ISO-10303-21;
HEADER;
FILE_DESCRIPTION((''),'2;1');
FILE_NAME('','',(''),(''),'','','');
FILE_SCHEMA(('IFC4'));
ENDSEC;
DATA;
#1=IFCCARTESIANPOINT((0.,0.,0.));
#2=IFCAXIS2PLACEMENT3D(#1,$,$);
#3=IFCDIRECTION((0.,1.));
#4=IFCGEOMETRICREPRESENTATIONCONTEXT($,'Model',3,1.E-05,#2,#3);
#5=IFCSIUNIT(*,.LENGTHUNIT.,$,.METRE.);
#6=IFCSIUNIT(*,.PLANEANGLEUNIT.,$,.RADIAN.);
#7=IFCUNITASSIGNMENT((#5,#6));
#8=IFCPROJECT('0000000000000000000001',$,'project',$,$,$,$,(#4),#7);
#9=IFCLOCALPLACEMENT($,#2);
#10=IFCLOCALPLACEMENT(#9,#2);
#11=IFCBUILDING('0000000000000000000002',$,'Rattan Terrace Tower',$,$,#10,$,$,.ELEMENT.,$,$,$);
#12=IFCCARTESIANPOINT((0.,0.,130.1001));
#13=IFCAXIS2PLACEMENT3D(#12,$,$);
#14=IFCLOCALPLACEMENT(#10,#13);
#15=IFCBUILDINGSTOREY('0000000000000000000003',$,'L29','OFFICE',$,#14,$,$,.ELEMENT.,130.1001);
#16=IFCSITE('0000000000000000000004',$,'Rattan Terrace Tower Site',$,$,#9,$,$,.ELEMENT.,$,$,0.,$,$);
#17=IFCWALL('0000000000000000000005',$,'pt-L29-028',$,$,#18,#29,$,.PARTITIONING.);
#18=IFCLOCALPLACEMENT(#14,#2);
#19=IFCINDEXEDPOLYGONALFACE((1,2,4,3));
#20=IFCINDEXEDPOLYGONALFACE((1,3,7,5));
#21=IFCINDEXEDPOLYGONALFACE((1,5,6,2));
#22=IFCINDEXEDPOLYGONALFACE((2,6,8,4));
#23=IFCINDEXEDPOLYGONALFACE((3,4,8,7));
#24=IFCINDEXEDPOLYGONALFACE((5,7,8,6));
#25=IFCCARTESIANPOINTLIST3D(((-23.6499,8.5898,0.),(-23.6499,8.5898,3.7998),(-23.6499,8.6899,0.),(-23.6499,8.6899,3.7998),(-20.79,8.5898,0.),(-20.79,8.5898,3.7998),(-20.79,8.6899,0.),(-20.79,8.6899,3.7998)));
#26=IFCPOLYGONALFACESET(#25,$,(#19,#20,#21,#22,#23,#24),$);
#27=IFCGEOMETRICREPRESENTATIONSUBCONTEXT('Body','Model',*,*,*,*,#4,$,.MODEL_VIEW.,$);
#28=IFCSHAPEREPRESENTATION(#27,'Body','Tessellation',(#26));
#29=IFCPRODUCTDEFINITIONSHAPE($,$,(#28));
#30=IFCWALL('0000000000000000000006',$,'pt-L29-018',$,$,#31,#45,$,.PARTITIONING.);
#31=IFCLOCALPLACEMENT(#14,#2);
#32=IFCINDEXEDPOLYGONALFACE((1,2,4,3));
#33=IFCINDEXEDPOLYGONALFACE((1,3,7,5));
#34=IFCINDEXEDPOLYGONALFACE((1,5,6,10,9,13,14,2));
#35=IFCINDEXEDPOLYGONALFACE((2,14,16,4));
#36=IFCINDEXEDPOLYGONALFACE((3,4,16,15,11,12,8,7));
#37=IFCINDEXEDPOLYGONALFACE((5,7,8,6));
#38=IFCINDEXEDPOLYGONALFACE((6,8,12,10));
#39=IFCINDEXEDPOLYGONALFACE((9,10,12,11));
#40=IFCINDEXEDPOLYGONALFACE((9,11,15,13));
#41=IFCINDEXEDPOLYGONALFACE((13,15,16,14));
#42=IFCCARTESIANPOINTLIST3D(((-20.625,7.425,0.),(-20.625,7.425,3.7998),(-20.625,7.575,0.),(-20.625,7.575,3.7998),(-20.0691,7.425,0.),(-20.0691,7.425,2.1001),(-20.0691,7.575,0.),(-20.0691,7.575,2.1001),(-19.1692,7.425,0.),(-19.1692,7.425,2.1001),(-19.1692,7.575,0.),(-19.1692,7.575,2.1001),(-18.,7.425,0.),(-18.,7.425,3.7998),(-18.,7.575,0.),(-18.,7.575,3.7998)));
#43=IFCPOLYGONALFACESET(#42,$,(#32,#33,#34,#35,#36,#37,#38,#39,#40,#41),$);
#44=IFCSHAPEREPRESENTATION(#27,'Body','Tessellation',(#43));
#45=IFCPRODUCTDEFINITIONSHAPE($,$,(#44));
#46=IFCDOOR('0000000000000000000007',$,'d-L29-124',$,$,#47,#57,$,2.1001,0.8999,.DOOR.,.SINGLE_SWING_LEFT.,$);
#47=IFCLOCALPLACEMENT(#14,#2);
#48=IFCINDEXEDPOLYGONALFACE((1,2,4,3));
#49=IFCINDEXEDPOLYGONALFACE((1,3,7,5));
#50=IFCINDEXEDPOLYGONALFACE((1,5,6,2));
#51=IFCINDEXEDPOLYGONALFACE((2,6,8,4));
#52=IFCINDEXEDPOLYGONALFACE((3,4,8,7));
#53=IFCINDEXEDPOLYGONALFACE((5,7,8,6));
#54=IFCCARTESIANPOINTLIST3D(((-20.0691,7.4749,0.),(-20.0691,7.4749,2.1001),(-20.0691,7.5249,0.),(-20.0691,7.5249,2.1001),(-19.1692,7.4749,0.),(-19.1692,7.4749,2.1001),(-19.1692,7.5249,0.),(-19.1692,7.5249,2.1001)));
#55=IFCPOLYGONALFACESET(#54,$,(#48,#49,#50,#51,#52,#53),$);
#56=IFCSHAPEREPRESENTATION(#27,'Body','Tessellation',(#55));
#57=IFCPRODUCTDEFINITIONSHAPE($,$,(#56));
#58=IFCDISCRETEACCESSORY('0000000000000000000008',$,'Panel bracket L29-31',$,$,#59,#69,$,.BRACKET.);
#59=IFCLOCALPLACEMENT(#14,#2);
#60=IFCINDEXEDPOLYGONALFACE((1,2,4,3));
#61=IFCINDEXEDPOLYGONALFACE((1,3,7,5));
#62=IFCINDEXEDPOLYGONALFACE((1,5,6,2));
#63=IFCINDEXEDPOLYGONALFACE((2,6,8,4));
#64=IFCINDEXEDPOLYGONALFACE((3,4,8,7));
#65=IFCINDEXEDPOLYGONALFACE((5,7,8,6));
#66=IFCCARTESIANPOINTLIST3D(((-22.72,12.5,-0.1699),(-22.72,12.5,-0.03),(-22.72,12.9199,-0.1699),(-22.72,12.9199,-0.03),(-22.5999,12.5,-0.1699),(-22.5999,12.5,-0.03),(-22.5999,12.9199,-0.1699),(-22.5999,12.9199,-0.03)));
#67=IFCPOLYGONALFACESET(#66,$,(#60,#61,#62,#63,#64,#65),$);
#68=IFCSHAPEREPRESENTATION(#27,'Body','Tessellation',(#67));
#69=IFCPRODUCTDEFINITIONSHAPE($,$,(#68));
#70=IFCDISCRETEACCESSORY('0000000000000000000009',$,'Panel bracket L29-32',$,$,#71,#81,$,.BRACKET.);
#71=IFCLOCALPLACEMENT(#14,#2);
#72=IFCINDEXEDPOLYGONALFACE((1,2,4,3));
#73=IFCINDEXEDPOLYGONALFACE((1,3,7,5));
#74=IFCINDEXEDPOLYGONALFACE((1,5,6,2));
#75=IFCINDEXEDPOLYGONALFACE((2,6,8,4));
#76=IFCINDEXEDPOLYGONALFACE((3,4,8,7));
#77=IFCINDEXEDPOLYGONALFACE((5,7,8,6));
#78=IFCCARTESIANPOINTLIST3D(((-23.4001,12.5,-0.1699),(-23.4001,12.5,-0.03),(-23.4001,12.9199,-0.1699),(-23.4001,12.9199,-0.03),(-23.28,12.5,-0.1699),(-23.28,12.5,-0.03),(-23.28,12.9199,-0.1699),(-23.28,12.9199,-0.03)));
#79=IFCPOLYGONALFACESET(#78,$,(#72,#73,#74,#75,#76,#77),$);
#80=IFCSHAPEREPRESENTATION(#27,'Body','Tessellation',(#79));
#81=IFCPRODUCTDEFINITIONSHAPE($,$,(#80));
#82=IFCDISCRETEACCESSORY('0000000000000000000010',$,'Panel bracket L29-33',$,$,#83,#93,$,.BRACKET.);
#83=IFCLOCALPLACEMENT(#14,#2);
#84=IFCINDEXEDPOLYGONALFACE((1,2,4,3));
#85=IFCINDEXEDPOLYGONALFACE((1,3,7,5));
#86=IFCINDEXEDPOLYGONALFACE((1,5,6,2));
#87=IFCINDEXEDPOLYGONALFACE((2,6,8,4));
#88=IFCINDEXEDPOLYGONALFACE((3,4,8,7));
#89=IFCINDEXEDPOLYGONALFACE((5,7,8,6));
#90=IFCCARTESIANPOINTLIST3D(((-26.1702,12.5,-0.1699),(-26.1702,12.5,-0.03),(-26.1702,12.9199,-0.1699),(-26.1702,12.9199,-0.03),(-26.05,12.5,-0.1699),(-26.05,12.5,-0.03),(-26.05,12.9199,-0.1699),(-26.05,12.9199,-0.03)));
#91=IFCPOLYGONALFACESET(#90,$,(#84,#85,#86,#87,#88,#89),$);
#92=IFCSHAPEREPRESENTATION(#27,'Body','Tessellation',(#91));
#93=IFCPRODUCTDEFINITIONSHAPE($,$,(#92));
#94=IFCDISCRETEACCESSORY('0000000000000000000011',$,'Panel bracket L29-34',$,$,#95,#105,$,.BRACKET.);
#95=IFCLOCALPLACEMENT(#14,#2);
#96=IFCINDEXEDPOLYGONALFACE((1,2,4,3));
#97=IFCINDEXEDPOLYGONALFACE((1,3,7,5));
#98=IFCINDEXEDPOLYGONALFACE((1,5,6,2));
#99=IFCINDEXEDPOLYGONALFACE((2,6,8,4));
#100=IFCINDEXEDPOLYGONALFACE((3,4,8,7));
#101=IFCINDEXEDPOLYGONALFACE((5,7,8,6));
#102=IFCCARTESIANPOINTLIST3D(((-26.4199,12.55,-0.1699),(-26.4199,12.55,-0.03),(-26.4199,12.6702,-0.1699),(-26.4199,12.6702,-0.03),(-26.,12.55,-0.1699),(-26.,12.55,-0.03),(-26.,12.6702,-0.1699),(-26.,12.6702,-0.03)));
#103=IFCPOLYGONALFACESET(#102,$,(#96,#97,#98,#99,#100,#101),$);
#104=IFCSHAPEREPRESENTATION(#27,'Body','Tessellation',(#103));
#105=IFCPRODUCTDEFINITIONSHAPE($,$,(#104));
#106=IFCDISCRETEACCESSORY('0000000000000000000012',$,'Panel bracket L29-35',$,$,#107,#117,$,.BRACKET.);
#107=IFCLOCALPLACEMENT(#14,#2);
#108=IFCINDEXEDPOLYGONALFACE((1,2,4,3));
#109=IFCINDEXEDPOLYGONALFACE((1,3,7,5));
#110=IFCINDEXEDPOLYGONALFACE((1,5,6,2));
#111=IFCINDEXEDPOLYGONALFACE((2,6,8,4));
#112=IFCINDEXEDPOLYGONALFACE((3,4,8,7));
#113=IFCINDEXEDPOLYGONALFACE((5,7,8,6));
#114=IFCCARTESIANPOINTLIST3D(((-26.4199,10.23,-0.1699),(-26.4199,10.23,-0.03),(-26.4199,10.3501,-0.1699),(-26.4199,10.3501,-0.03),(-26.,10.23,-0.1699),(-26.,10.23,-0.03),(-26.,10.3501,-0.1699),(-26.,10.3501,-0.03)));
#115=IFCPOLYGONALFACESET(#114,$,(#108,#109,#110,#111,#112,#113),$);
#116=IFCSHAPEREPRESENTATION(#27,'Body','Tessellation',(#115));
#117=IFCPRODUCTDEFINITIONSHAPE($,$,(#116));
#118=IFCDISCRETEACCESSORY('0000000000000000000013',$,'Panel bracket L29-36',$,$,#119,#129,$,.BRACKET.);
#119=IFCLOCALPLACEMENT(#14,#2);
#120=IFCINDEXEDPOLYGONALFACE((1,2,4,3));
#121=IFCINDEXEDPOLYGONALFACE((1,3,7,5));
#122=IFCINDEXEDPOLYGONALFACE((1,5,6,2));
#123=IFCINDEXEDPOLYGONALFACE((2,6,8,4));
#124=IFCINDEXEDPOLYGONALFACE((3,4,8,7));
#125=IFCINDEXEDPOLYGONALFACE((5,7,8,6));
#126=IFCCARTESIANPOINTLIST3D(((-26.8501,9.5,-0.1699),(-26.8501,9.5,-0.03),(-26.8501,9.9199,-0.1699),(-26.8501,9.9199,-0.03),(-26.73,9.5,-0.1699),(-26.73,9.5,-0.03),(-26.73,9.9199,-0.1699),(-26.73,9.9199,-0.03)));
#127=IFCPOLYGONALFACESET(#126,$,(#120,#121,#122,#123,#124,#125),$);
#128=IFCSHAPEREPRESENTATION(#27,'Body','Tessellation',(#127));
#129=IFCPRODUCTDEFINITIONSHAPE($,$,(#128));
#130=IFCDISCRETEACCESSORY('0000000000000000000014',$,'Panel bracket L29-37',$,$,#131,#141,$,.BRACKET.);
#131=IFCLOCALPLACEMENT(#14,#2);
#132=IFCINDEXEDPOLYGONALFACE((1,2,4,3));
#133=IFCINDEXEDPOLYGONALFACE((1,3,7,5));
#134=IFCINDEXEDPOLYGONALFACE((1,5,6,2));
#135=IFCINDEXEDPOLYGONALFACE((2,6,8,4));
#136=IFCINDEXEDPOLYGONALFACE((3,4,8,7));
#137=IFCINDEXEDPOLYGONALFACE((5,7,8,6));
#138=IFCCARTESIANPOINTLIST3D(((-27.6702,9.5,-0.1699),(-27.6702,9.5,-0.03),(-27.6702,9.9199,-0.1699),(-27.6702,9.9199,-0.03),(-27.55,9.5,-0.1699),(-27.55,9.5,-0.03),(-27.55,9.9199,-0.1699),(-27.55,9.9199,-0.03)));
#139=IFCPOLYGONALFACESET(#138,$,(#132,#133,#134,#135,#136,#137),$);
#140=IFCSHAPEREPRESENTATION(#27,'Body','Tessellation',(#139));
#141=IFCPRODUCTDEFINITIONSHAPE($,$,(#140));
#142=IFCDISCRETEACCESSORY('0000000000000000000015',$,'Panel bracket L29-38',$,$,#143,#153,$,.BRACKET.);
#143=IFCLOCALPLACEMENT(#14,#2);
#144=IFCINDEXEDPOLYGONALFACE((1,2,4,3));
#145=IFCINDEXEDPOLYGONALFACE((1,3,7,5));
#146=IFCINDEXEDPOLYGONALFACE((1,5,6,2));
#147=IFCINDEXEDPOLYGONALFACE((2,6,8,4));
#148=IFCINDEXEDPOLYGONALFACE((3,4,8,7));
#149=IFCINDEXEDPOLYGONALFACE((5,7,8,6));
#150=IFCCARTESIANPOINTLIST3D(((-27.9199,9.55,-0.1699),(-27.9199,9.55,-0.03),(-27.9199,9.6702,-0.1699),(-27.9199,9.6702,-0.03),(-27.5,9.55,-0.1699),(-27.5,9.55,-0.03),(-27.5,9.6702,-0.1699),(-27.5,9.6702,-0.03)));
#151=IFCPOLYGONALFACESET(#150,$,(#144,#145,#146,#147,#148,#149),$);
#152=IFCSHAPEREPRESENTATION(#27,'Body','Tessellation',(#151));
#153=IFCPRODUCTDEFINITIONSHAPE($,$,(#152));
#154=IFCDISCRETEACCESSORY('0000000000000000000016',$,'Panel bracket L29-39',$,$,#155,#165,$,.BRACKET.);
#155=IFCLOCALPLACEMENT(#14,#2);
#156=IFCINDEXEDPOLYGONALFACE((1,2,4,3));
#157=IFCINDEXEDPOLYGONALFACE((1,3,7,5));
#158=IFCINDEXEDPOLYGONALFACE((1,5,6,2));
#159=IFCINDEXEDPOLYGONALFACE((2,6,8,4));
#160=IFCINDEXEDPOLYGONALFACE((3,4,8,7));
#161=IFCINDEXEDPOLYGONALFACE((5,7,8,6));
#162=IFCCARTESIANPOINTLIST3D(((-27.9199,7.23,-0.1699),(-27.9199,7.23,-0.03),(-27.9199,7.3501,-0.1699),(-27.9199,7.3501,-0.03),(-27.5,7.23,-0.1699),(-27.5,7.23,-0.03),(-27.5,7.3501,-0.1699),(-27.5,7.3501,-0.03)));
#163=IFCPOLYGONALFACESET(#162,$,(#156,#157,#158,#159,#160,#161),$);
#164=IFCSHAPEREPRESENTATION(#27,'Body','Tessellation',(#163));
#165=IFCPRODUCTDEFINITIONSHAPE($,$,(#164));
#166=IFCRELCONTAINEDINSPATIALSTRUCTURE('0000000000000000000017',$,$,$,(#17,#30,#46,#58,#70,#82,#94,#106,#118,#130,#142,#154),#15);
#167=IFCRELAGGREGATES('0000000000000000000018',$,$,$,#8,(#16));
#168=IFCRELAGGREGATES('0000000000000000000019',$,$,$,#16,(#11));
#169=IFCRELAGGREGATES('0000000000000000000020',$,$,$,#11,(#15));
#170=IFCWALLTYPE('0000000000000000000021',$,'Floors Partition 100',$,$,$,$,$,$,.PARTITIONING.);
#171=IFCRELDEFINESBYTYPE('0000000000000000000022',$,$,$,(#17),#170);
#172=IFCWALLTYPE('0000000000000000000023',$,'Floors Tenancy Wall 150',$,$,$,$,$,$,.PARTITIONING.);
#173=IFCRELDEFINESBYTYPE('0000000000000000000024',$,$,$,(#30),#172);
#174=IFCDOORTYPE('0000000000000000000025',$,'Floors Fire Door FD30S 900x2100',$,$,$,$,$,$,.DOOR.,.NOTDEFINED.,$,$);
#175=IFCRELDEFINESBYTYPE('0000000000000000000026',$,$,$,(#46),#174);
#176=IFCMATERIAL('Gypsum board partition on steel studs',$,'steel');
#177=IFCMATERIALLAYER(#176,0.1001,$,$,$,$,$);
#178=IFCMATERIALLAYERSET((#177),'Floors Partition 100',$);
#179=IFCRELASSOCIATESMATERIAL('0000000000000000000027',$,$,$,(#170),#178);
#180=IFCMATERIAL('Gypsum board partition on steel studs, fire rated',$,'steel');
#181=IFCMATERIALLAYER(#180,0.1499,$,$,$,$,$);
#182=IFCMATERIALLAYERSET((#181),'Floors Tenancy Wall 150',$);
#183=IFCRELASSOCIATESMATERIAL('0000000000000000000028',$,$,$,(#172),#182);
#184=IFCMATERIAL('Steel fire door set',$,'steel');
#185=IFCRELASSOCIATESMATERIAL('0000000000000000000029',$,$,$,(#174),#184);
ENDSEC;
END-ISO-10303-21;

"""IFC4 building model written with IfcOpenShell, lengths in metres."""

from ifc_helpers import new_model, si_unit, direction, frame, frame_2d, origin, origin_2d, place, context, subcontext, project, spatial, rectangle, extrude, material, layer, layer_set, type_object, element, fill, save


model = new_model("IFC4")

# Units and contexts
model_context = context("Model", 3, precision=1e-05, world=origin(), true_north=direction((0.0, 1.0)))
body_context = subcontext(model_context, "Body", "Model", "MODEL_VIEW")
ifc_project = project(units=[si_unit("LENGTHUNIT", "METRE"), si_unit("PLANEANGLEUNIT", "RADIAN")], contexts=[model_context])

# Site, building, storey
site_placement = place(None, origin())
site = spatial("IfcSite", under=ifc_project, at=site_placement, Name="Rattan Terrace Tower Site", CompositionType="ELEMENT", RefElevation=0.0)
building_placement = place(site_placement, origin())
building = spatial("IfcBuilding", under=site, at=building_placement, Name="Rattan Terrace Tower", CompositionType="ELEMENT")
storey_placement = place(building_placement, frame((0.0, 0.0, 130.1001)))
storey = spatial("IfcBuildingStorey", under=building, at=storey_placement, Name="L29", Description="OFFICE", CompositionType="ELEMENT", Elevation=130.1001)

# Shared definitions
ifc_material_1 = material(Name="Gypsum board partition on steel studs", Category="steel")
ifc_layer_1 = layer(ifc_material_1, 0.1001)
ifc_layer_set_1 = layer_set([ifc_layer_1], Name="Floors Partition 100")
wall_type_1 = type_object("IfcWallType", Name="Floors Partition 100", PredefinedType="PARTITIONING", material=ifc_layer_set_1)

# Wall
wall_1_placement = place(storey_placement, frame((-23.6499, 8.6399, 0.0), z_axis=(0.0, 0.0, 1.0), x_axis=(1.0, 0.0, 0.0)))
element("IfcWall", 1, at=wall_1_placement, inside=storey, type_object=wall_type_1, Name="pt-L29-028", PredefinedType="PARTITIONING", context=body_context, shape_type="SweptSolid", body=[
    extrude(rectangle(XDim=2.8599, YDim=0.1001, at=frame_2d((1.4299, 0.0))), origin(), (0.0, 0.0, 1.0), 3.7998),
])

# Wall, opening, door
ifc_material_2 = material(Name="Gypsum board partition on steel studs, fire rated", Category="steel")
ifc_layer_2 = layer(ifc_material_2, 0.1499)
ifc_layer_set_2 = layer_set([ifc_layer_2], Name="Floors Tenancy Wall 150")
wall_type_2 = type_object("IfcWallType", Name="Floors Tenancy Wall 150", PredefinedType="PARTITIONING", material=ifc_layer_set_2)
wall_2_placement = place(storey_placement, frame((-20.625, 7.5, 0.0), z_axis=(0.0, 0.0, 1.0), x_axis=(1.0, 0.0, 0.0)))
wall_2 = element("IfcWall", 2, at=wall_2_placement, inside=storey, type_object=wall_type_2, Name="pt-L29-018", PredefinedType="PARTITIONING", context=body_context, shape_type="SweptSolid", body=[
    extrude(rectangle(XDim=2.625, YDim=0.1499, at=frame_2d((1.3125, 0.0))), origin(), (0.0, 0.0, 1.0), 3.7998),
])
opening_1_placement = place(wall_2_placement, frame((0.5559, 0.0, 0.0)))
opening_1 = element("IfcOpeningElement", 3, at=opening_1_placement, cuts=wall_2, PredefinedType="OPENING", context=body_context, shape_type="SweptSolid", body=[
    extrude(rectangle(XDim=0.8999, YDim=2.1001, at=frame_2d((0.45, 1.05))), frame((0.0, 0.0854, 0.0), z_axis=(0.0, -1.0, 0.0), x_axis=(1.0, 0.0, 0.0)), (0.0, 0.0, 1.0), 0.1709),
])
ifc_material_3 = material(Name="Steel fire door set", Category="steel")
door_type_1 = type_object("IfcDoorType", Name="Floors Fire Door FD30S 900x2100", OperationType="NOTDEFINED", PredefinedType="DOOR", material=ifc_material_3)
door_1_placement = place(opening_1_placement, origin())
door_1 = element("IfcDoor", 4, at=door_1_placement, inside=storey, type_object=door_type_1, Name="d-L29-124", OperationType="SINGLE_SWING_LEFT", OverallHeight=2.1001, OverallWidth=0.8999, PredefinedType="DOOR", context=body_context, shape_type="SweptSolid", body=[
    extrude(rectangle(XDim=0.8999, YDim=2.1001, at=frame_2d((0.45, 1.05))), frame((0.0, 0.0249, 0.0), z_axis=(0.0, -1.0, 0.0), x_axis=(1.0, 0.0, 0.0)), (0.0, 0.0, 1.0), 0.05),
])
fill(opening_1, door_1)

# Discrete accessories
for number, where, z_axis, x_axis, name in (
    (5, (-22.6599, 12.71, -0.1699), (0.0, 0.0, 1.0), (-1.0, 0.0, 0.0), "Panel bracket L29-31"),
    (6, (-23.3401, 12.71, -0.1699), (0.0, 0.0, 1.0), (-1.0, 0.0, 0.0), "Panel bracket L29-32"),
    (7, (-26.1101, 12.71, -0.1699), (0.0, 0.0, 1.0), (-1.0, 0.0, 0.0), "Panel bracket L29-33"),
    (8, (-26.21, 12.6101, -0.1699), (0.0, 0.0, 1.0), (0.0, -1.0, 0.0), "Panel bracket L29-34"),
    (9, (-26.21, 10.29, -0.1699), (0.0, 0.0, 1.0), (0.0, -1.0, 0.0), "Panel bracket L29-35"),
    (10, (-26.79, 9.71, -0.1699), (0.0, 0.0, 1.0), (-1.0, 0.0, 0.0), "Panel bracket L29-36"),
    (11, (-27.6101, 9.71, -0.1699), (0.0, 0.0, 1.0), (-1.0, 0.0, 0.0), "Panel bracket L29-37"),
    (12, (-27.71, 9.6101, -0.1699), (0.0, 0.0, 1.0), (0.0, -1.0, 0.0), "Panel bracket L29-38"),
    (13, (-27.71, 7.29, -0.1699), (0.0, 0.0, 1.0), (0.0, -1.0, 0.0), "Panel bracket L29-39"),
):
    element("IfcDiscreteAccessory", number, at=place(storey_placement, frame(where, z_axis=z_axis, x_axis=x_axis)), inside=storey, Name=name, PredefinedType="BRACKET", context=body_context, shape_type="SweptSolid", body=[
        extrude(rectangle(XDim=0.1201, YDim=0.4199, at=origin_2d()), origin(), (0.0, 0.0, 1.0), 0.1399),
    ])

save(model, "model.ifc")
